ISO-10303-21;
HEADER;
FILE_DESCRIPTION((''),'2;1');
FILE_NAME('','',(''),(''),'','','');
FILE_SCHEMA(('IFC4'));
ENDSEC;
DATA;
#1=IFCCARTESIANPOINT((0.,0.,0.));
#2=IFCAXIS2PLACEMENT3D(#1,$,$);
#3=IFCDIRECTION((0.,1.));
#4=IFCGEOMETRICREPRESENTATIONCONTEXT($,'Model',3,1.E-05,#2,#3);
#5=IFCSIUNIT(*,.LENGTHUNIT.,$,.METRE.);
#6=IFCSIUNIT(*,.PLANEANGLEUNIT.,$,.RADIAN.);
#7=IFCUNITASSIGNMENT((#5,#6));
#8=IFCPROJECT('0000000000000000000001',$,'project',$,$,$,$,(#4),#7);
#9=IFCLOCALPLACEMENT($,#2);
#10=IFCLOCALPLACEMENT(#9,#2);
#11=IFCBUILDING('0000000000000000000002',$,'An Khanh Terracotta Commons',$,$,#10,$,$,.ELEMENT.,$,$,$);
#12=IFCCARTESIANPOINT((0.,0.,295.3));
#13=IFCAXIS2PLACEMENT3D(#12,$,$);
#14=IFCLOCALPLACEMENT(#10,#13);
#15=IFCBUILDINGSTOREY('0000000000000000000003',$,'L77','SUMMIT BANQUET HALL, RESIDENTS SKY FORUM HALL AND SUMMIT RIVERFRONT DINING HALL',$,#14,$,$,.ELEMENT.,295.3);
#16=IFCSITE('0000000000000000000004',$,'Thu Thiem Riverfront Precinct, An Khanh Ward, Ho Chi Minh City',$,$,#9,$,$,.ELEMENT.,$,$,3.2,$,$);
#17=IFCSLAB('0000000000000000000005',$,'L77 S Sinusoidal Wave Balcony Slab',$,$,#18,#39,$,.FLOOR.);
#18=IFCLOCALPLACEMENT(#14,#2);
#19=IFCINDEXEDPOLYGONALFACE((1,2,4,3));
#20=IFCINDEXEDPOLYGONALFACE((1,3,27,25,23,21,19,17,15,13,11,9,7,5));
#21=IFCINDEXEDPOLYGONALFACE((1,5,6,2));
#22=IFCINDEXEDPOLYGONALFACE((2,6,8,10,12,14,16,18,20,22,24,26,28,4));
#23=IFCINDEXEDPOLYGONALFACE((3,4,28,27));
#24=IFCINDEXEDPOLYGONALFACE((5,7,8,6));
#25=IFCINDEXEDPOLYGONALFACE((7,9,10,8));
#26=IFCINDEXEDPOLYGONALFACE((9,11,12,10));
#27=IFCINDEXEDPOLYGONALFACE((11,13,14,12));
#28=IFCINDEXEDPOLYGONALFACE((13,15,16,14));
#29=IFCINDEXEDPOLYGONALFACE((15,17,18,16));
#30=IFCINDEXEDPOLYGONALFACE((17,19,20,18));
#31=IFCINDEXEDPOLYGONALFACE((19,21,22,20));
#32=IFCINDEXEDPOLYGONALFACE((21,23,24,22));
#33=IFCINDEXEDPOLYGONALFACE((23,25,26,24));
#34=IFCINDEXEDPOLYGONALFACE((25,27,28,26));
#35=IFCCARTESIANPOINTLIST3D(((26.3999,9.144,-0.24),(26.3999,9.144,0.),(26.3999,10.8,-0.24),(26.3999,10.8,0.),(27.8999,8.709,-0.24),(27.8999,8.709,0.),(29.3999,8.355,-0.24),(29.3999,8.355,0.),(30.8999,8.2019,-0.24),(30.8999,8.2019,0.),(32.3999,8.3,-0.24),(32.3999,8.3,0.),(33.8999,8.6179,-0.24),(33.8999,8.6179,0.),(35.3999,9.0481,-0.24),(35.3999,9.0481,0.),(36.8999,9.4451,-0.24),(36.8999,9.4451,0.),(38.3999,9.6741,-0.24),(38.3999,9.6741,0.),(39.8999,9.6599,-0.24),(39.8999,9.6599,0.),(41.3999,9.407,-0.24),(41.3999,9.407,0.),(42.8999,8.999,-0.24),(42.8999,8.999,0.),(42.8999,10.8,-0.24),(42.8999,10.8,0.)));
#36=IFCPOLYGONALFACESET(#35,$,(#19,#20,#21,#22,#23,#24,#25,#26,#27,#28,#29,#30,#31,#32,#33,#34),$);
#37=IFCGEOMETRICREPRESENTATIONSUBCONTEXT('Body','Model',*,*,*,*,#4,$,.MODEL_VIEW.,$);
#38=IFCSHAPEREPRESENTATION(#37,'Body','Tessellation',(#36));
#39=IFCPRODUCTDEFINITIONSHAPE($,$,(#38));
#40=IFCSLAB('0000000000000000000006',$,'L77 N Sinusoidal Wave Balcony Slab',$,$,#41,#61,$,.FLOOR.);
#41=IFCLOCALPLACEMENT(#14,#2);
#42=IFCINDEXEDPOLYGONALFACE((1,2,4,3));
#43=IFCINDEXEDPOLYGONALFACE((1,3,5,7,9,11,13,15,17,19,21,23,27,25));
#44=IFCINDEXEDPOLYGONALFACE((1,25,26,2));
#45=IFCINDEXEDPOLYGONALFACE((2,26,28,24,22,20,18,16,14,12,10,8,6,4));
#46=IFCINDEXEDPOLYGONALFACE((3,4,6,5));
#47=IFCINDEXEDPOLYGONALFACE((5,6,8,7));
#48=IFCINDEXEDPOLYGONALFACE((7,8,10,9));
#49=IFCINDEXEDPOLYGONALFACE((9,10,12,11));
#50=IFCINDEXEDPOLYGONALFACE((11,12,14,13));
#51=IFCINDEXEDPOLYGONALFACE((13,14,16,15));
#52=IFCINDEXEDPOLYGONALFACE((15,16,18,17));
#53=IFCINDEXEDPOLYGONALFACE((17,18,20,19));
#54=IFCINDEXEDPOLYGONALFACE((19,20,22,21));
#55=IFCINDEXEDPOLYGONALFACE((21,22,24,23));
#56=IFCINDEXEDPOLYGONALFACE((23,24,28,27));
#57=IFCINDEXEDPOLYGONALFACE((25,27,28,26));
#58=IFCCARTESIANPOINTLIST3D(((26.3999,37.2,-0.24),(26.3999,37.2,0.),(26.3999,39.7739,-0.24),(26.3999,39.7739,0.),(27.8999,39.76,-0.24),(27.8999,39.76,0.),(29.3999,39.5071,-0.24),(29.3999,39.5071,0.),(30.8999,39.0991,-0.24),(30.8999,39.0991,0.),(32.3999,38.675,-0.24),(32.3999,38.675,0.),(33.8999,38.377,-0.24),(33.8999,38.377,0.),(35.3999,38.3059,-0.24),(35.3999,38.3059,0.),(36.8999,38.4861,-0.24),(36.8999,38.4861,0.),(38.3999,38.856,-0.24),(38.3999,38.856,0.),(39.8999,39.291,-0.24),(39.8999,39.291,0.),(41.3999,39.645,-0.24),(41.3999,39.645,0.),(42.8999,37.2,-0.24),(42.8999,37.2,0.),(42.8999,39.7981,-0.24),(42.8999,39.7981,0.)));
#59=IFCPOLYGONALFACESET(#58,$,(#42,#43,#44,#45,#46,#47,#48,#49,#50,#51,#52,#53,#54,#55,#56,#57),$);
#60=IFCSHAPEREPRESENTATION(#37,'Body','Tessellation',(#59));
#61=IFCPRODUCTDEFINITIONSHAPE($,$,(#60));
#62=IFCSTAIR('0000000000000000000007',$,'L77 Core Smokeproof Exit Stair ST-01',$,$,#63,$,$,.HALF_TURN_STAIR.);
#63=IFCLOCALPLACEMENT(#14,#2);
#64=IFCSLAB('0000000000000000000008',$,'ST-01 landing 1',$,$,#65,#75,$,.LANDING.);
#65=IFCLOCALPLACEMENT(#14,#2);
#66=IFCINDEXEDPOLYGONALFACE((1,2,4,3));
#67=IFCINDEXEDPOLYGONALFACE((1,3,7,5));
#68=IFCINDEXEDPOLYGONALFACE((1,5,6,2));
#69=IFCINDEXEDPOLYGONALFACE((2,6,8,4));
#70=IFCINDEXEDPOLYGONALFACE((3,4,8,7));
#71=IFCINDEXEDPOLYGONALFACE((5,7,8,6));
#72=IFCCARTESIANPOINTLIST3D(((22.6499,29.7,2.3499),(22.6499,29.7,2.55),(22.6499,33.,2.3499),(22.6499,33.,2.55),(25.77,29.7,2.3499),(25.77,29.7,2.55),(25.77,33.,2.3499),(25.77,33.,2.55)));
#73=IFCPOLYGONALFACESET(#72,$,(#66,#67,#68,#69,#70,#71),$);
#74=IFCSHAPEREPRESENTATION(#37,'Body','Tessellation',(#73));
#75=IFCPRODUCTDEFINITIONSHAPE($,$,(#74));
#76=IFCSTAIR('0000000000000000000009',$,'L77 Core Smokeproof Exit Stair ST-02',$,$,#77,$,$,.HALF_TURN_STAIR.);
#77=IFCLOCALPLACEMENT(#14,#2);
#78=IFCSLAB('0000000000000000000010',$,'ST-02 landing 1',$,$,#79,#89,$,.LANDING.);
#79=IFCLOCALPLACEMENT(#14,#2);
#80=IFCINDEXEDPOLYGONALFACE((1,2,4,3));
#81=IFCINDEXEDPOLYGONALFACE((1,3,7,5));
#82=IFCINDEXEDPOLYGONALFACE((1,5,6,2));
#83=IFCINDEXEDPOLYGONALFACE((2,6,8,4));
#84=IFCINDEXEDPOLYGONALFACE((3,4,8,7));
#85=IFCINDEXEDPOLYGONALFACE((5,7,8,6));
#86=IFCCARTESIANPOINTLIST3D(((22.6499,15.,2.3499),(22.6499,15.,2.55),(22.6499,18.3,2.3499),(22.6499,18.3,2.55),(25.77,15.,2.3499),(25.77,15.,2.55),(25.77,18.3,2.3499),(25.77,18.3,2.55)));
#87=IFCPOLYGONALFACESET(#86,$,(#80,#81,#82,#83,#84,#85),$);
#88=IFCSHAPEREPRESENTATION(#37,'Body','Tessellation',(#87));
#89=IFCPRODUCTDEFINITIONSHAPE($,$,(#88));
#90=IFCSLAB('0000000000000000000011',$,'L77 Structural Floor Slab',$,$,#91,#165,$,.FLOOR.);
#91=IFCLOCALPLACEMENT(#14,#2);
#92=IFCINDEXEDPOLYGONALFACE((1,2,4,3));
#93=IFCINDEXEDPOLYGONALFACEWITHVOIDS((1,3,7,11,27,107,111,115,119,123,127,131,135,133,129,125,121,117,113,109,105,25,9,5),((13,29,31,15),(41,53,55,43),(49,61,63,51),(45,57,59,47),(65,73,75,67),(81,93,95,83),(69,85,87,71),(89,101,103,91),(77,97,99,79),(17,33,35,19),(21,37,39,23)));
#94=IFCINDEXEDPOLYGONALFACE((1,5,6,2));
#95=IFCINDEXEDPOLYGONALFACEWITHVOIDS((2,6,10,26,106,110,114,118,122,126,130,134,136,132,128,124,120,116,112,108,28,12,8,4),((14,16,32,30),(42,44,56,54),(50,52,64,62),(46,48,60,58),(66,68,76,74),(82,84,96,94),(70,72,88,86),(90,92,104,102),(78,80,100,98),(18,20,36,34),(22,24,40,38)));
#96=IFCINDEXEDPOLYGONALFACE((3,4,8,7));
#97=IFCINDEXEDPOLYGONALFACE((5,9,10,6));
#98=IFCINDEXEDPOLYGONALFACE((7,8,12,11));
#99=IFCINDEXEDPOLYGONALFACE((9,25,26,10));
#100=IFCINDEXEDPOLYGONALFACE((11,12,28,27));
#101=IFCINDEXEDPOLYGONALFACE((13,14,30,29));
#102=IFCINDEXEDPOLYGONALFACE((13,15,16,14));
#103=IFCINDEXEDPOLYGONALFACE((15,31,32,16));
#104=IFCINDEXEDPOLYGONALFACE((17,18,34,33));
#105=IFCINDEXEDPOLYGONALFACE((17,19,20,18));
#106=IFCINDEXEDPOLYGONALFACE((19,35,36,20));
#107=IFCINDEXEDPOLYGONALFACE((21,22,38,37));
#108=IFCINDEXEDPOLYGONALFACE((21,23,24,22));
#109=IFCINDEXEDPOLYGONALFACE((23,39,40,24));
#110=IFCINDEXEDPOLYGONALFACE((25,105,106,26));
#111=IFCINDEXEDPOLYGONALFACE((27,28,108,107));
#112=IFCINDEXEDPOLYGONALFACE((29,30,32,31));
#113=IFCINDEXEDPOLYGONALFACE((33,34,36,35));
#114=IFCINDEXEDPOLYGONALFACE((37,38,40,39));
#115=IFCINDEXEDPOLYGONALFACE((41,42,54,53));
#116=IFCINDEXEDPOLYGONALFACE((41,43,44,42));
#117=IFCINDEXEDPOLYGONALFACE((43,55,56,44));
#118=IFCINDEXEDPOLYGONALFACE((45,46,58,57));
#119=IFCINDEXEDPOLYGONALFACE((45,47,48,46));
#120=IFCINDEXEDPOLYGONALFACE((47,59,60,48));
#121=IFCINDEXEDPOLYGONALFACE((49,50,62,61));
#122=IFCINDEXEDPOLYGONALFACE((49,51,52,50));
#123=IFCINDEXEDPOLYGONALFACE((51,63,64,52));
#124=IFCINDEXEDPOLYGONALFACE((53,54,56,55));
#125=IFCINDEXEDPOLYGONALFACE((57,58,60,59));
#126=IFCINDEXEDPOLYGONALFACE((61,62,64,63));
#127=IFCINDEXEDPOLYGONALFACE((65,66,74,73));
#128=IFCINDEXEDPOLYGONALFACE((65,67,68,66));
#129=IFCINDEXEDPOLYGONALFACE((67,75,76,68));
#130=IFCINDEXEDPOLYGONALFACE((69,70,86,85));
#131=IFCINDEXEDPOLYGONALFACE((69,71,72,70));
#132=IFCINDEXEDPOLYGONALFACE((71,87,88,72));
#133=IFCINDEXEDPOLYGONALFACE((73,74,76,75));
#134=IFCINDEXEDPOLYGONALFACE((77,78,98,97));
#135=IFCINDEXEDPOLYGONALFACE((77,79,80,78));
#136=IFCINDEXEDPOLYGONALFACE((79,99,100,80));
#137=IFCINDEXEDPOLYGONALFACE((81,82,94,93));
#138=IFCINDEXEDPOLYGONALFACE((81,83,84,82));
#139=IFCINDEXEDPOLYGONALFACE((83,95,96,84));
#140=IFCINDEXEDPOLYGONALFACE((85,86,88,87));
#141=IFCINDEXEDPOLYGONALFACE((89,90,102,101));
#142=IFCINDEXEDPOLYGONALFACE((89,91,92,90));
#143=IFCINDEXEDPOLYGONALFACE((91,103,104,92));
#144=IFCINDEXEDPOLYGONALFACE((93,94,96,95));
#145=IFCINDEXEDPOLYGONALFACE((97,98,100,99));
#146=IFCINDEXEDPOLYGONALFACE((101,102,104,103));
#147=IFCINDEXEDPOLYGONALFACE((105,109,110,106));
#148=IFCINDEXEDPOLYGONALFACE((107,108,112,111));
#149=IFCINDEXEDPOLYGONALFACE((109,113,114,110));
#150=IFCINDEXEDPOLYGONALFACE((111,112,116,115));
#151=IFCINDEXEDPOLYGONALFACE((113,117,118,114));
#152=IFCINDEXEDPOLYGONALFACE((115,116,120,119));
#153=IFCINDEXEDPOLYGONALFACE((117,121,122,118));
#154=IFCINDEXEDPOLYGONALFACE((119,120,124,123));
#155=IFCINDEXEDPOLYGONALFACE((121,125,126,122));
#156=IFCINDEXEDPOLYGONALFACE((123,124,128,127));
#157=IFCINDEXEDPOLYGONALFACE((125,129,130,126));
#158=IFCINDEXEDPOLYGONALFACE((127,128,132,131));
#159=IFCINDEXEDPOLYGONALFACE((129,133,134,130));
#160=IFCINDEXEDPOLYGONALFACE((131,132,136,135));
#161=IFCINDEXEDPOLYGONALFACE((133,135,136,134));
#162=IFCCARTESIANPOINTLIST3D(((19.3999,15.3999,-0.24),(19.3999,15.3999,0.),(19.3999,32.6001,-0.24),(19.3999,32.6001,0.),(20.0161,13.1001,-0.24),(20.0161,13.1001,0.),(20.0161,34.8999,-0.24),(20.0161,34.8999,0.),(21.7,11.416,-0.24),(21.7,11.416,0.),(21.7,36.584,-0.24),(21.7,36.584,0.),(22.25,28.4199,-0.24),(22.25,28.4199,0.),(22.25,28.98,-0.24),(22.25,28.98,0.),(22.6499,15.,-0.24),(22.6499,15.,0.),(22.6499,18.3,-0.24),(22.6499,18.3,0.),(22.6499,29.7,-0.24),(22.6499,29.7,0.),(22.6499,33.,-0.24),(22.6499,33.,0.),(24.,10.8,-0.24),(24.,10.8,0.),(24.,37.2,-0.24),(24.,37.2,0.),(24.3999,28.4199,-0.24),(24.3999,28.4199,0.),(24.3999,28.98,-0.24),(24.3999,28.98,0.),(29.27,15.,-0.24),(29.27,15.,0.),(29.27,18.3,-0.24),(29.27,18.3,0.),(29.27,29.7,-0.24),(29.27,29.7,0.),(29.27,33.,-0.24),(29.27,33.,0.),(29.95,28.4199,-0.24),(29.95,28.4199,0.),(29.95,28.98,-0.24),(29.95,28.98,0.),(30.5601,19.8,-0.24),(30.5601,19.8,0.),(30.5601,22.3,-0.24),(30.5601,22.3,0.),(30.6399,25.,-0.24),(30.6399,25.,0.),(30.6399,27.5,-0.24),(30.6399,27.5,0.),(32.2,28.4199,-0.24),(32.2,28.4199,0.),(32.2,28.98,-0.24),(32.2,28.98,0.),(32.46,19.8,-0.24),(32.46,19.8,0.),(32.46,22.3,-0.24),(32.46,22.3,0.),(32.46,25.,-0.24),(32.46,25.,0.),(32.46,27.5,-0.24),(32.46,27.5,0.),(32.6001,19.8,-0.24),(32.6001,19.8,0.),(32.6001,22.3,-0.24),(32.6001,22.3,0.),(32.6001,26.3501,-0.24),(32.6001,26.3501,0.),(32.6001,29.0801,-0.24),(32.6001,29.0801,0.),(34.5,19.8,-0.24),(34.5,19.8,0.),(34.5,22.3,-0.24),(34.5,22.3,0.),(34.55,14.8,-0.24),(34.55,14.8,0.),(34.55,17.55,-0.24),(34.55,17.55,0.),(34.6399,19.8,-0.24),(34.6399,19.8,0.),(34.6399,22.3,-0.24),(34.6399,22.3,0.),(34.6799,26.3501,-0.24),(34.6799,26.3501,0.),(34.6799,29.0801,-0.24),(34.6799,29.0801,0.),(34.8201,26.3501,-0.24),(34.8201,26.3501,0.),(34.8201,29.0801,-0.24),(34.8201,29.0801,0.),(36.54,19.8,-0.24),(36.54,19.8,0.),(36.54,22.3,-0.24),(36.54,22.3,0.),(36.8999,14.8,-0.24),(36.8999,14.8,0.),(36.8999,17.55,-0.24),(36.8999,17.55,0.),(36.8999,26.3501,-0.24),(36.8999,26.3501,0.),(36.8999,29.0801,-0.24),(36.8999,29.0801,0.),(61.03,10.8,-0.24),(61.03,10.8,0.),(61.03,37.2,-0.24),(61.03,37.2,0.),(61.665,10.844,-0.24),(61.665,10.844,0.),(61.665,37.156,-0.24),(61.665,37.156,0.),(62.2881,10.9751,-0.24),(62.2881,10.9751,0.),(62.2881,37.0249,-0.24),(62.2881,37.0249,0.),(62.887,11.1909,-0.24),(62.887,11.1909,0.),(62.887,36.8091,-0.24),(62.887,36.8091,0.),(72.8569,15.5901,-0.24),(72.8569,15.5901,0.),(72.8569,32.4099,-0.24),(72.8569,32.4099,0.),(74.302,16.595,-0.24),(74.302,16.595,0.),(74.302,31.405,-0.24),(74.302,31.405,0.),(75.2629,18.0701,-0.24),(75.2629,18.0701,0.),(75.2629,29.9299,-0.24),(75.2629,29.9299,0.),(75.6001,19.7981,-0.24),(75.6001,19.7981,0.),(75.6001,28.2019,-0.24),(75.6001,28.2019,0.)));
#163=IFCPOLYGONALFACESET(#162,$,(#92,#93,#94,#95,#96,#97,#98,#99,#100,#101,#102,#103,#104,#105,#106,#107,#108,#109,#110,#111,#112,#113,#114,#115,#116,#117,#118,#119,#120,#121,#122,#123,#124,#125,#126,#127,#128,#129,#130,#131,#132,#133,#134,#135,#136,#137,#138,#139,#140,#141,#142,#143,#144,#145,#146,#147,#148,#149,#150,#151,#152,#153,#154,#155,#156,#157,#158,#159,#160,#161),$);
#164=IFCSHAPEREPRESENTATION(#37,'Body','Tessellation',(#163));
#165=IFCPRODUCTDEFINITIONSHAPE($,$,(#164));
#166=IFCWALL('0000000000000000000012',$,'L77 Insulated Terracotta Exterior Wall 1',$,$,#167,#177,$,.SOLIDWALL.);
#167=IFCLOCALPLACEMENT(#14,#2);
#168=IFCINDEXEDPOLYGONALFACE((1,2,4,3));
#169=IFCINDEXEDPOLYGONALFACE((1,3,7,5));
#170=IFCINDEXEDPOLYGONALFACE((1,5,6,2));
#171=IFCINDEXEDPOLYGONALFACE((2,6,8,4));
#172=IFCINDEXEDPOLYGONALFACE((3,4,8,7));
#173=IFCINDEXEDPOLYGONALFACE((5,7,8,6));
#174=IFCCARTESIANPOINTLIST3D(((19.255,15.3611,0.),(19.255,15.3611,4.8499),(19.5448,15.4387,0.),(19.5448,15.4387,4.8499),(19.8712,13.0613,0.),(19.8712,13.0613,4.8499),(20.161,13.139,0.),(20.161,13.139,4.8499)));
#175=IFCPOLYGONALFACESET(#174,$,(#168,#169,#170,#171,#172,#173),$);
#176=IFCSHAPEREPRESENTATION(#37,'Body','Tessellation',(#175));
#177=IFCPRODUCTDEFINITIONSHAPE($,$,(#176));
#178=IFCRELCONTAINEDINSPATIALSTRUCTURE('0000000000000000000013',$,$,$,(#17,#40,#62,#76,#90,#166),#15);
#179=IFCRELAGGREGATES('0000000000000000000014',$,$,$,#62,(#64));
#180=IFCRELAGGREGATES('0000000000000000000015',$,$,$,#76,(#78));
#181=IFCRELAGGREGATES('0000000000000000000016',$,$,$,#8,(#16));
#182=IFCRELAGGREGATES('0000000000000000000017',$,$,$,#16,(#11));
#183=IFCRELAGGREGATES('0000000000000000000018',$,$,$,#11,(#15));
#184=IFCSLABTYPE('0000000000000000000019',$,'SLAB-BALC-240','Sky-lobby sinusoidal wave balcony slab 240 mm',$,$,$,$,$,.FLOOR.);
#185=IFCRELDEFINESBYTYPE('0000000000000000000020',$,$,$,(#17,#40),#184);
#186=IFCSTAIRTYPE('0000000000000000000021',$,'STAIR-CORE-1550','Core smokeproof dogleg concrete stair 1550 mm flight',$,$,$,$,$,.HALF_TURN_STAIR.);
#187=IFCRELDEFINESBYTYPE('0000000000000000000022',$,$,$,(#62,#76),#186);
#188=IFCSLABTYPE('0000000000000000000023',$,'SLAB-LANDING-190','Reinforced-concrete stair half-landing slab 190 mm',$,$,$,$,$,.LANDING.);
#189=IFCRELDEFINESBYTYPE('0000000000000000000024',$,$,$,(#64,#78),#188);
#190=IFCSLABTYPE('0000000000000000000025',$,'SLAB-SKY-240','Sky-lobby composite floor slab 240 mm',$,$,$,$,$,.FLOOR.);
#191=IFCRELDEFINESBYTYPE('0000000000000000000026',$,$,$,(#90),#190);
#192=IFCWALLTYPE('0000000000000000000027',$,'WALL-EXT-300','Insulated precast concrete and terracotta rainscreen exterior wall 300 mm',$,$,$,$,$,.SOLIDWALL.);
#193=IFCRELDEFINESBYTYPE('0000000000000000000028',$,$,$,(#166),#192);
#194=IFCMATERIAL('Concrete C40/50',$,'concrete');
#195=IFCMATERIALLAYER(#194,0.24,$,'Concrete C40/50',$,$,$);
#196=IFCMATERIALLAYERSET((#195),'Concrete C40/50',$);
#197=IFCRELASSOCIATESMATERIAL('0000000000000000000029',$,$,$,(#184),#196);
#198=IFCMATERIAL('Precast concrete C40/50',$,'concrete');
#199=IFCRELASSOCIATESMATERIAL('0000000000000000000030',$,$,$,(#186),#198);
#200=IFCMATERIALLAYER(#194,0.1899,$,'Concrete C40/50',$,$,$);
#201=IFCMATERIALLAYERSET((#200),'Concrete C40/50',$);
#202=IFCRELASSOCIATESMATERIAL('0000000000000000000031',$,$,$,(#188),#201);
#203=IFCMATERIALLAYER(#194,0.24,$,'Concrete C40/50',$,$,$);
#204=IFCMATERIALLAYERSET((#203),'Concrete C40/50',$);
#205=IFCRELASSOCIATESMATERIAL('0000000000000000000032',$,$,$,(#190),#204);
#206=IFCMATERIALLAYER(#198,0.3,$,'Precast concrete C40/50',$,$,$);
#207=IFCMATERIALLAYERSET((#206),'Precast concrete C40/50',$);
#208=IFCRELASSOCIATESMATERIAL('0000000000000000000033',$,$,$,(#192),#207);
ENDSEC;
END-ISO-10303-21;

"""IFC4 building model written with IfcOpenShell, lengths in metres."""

from ifc_helpers import new_model, si_unit, direction, frame, frame_2d, origin, place, context, subcontext, project, spatial, polyline, rectangle, outline, extrude, material, layer, layer_set, type_object, element, aggregate, save


model = new_model("IFC4")

# Units and contexts
model_context = context("Model", 3, precision=1e-05, world=origin(), true_north=direction((0.0, 1.0)))
body_context = subcontext(model_context, "Body", "Model", "MODEL_VIEW")
ifc_project = project(units=[si_unit("LENGTHUNIT", "METRE"), si_unit("PLANEANGLEUNIT", "RADIAN")], contexts=[model_context])

# Site, building, storey
site_placement = place(None, origin())
site = spatial("IfcSite", under=ifc_project, at=site_placement, Name="Thu Thiem Riverfront Precinct, An Khanh Ward, Ho Chi Minh City", CompositionType="ELEMENT", RefElevation=3.2)
building_placement = place(site_placement, origin())
building = spatial("IfcBuilding", under=site, at=building_placement, Name="An Khanh Terracotta Commons", CompositionType="ELEMENT")
storey_placement = place(building_placement, frame((0.0, 0.0, 295.3)))
storey = spatial("IfcBuildingStorey", under=building, at=storey_placement, Name="L77", Description="SUMMIT BANQUET HALL, RESIDENTS SKY FORUM HALL AND SUMMIT RIVERFRONT DINING HALL", CompositionType="ELEMENT", Elevation=295.3)

# Slabs
ifc_material_1 = material(Name="Concrete C40/50", Category="concrete")
ifc_layer_1 = layer(ifc_material_1, 0.24, Name="Concrete C40/50")
ifc_layer_set_1 = layer_set([ifc_layer_1], Name="Concrete C40/50")
slab_type_1 = type_object("IfcSlabType", Name="SLAB-BALC-240", Description="Sky-lobby sinusoidal wave balcony slab 240 mm", PredefinedType="FLOOR", material=ifc_layer_set_1)
slab_1_placement = place(storey_placement, frame((0.0, 0.0, -0.24)))
element("IfcSlab", 1, at=slab_1_placement, inside=storey, type_object=slab_type_1, Name="L77 S Sinusoidal Wave Balcony Slab", PredefinedType="FLOOR", context=body_context, shape_type="SweptSolid", body=[
    extrude(outline(polyline([(26.3999, 10.8), (26.3999, 9.144), (27.8999, 8.709), (29.3999, 8.355), (30.8999, 8.2019), (32.3999, 8.3), (33.8999, 8.6179), (35.3999, 9.0481), (36.8999, 9.4451), (38.3999, 9.6741), (39.8999, 9.6599), (41.3999, 9.407), (42.8999, 8.999), (42.8999, 10.8), (26.3999, 10.8)])), origin(), (0.0, 0.0, 1.0), 0.24),
])
slab_2_placement = place(storey_placement, frame((0.0, 0.0, -0.24)))
element("IfcSlab", 2, at=slab_2_placement, inside=storey, type_object=slab_type_1, Name="L77 N Sinusoidal Wave Balcony Slab", PredefinedType="FLOOR", context=body_context, shape_type="SweptSolid", body=[
    extrude(outline(polyline([(42.8999, 37.2), (42.8999, 39.7981), (41.3999, 39.645), (39.8999, 39.291), (38.3999, 38.856), (36.8999, 38.4861), (35.3999, 38.3059), (33.8999, 38.377), (32.3999, 38.675), (30.8999, 39.0991), (29.3999, 39.5071), (27.8999, 39.76), (26.3999, 39.7739), (26.3999, 37.2), (42.8999, 37.2)])), origin(), (0.0, 0.0, 1.0), 0.24),
])

# Stairs, slabs
ifc_material_2 = material(Name="Precast concrete C40/50", Category="concrete")
stair_type = type_object("IfcStairType", Name="STAIR-CORE-1550", Description="Core smokeproof dogleg concrete stair 1550 mm flight", PredefinedType="HALF_TURN_STAIR", material=ifc_material_2)
stair_1_placement = place(storey_placement, origin())
stair_1 = element("IfcStair", 3, at=stair_1_placement, inside=storey, type_object=stair_type, Name="L77 Core Smokeproof Exit Stair ST-01", PredefinedType="HALF_TURN_STAIR")
ifc_layer_2 = layer(ifc_material_1, 0.1899, Name="Concrete C40/50")
ifc_layer_set_2 = layer_set([ifc_layer_2], Name="Concrete C40/50")
slab_type_2 = type_object("IfcSlabType", Name="SLAB-LANDING-190", Description="Reinforced-concrete stair half-landing slab 190 mm", PredefinedType="LANDING", material=ifc_layer_set_2)
slab_3_placement = place(storey_placement, frame((0.0, 0.0, 2.3499)))
slab_3 = element("IfcSlab", 4, at=slab_3_placement, type_object=slab_type_2, Name="ST-01 landing 1", PredefinedType="LANDING", context=body_context, shape_type="SweptSolid", body=[
    extrude(outline(polyline([(25.77, 33.0), (22.6499, 33.0), (22.6499, 29.7), (25.77, 29.7), (25.77, 33.0)])), origin(), (0.0, 0.0, 1.0), 0.2002),
])
aggregate(stair_1, [slab_3])
stair_2_placement = place(storey_placement, origin())
stair_2 = element("IfcStair", 5, at=stair_2_placement, inside=storey, type_object=stair_type, Name="L77 Core Smokeproof Exit Stair ST-02", PredefinedType="HALF_TURN_STAIR")
slab_4_placement = place(storey_placement, frame((0.0, 0.0, 2.3499)))
slab_4 = element("IfcSlab", 6, at=slab_4_placement, type_object=slab_type_2, Name="ST-02 landing 1", PredefinedType="LANDING", context=body_context, shape_type="SweptSolid", body=[
    extrude(outline(polyline([(25.77, 18.3), (22.6499, 18.3), (22.6499, 15.0), (25.77, 15.0), (25.77, 18.3)])), origin(), (0.0, 0.0, 1.0), 0.2002),
])
aggregate(stair_2, [slab_4])

# Slab
ifc_layer_3 = layer(ifc_material_1, 0.24, Name="Concrete C40/50")
ifc_layer_set_3 = layer_set([ifc_layer_3], Name="Concrete C40/50")
slab_type_3 = type_object("IfcSlabType", Name="SLAB-SKY-240", Description="Sky-lobby composite floor slab 240 mm", PredefinedType="FLOOR", material=ifc_layer_set_3)
slab_5_placement = place(storey_placement, frame((0.0, 0.0, -0.24)))
element("IfcSlab", 7, at=slab_5_placement, inside=storey, type_object=slab_type_3, Name="L77 Structural Floor Slab", PredefinedType="FLOOR", context=body_context, shape_type="SweptSolid", body=[
    extrude(outline(polyline([(19.3999, 15.3999), (20.0161, 13.1001), (21.7, 11.416), (24.0, 10.8), (61.03, 10.8), (61.665, 10.844), (62.2881, 10.9751), (62.887, 11.1909), (72.8569, 15.5901), (74.302, 16.595), (75.2629, 18.0701), (75.6001, 19.7981), (75.6001, 28.2019), (75.2629, 29.9299), (74.302, 31.405), (72.8569, 32.4099), (62.887, 36.8091), (62.2881, 37.0249), (61.665, 37.156), (61.03, 37.2), (24.0, 37.2), (21.7, 36.584), (20.0161, 34.8999), (19.3999, 32.6001), (19.3999, 15.3999)]), holes=[polyline([(22.6499, 29.7), (29.27, 29.7), (29.27, 33.0), (22.6499, 33.0), (22.6499, 29.7)]), polyline([(22.6499, 15.0), (29.27, 15.0), (29.27, 18.3), (22.6499, 18.3), (22.6499, 15.0)]), polyline([(32.6001, 26.3501), (34.6799, 26.3501), (34.6799, 29.0801), (32.6001, 29.0801), (32.6001, 26.3501)]), polyline([(34.8201, 26.3501), (36.8999, 26.3501), (36.8999, 29.0801), (34.8201, 29.0801), (34.8201, 26.3501)]), polyline([(34.55, 14.8), (36.8999, 14.8), (36.8999, 17.55), (34.55, 17.55), (34.55, 14.8)]), polyline([(30.6399, 25.0), (32.46, 25.0), (32.46, 27.5), (30.6399, 27.5), (30.6399, 25.0)]), polyline([(30.5601, 19.8), (32.46, 19.8), (32.46, 22.3), (30.5601, 22.3), (30.5601, 19.8)]), polyline([(32.6001, 19.8), (34.5, 19.8), (34.5, 22.3), (32.6001, 22.3), (32.6001, 19.8)]), polyline([(34.6399, 19.8), (36.54, 19.8), (36.54, 22.3), (34.6399, 22.3), (34.6399, 19.8)]), polyline([(22.25, 28.4199), (24.3999, 28.4199), (24.3999, 28.98), (22.25, 28.98), (22.25, 28.4199)]), polyline([(29.95, 28.4199), (32.2, 28.4199), (32.2, 28.98), (29.95, 28.98), (29.95, 28.4199)])]), origin(), (0.0, 0.0, 1.0), 0.24),
])

# Wall
ifc_layer_4 = layer(ifc_material_2, 0.3, Name="Precast concrete C40/50")
ifc_layer_set_4 = layer_set([ifc_layer_4], Name="Precast concrete C40/50")
wall_type = type_object("IfcWallType", Name="WALL-EXT-300", Description="Insulated precast concrete and terracotta rainscreen exterior wall 300 mm", PredefinedType="SOLIDWALL", material=ifc_layer_set_4)
wall_1_placement = place(storey_placement, frame((19.3999, 15.3999, 0.0), z_axis=(0.0, 0.0, 1.0), x_axis=(0.258811, -0.965928, 0.0)))
element("IfcWall", 8, at=wall_1_placement, inside=storey, type_object=wall_type, Name="L77 Insulated Terracotta Exterior Wall 1", PredefinedType="SOLIDWALL", context=body_context, shape_type="SweptSolid", body=[
    extrude(rectangle(XDim=2.3809, YDim=0.3, at=frame_2d((1.1904, 0.0))), origin(), (0.0, 0.0, 1.0), 4.8499),
])

save(model, "model.ifc")
